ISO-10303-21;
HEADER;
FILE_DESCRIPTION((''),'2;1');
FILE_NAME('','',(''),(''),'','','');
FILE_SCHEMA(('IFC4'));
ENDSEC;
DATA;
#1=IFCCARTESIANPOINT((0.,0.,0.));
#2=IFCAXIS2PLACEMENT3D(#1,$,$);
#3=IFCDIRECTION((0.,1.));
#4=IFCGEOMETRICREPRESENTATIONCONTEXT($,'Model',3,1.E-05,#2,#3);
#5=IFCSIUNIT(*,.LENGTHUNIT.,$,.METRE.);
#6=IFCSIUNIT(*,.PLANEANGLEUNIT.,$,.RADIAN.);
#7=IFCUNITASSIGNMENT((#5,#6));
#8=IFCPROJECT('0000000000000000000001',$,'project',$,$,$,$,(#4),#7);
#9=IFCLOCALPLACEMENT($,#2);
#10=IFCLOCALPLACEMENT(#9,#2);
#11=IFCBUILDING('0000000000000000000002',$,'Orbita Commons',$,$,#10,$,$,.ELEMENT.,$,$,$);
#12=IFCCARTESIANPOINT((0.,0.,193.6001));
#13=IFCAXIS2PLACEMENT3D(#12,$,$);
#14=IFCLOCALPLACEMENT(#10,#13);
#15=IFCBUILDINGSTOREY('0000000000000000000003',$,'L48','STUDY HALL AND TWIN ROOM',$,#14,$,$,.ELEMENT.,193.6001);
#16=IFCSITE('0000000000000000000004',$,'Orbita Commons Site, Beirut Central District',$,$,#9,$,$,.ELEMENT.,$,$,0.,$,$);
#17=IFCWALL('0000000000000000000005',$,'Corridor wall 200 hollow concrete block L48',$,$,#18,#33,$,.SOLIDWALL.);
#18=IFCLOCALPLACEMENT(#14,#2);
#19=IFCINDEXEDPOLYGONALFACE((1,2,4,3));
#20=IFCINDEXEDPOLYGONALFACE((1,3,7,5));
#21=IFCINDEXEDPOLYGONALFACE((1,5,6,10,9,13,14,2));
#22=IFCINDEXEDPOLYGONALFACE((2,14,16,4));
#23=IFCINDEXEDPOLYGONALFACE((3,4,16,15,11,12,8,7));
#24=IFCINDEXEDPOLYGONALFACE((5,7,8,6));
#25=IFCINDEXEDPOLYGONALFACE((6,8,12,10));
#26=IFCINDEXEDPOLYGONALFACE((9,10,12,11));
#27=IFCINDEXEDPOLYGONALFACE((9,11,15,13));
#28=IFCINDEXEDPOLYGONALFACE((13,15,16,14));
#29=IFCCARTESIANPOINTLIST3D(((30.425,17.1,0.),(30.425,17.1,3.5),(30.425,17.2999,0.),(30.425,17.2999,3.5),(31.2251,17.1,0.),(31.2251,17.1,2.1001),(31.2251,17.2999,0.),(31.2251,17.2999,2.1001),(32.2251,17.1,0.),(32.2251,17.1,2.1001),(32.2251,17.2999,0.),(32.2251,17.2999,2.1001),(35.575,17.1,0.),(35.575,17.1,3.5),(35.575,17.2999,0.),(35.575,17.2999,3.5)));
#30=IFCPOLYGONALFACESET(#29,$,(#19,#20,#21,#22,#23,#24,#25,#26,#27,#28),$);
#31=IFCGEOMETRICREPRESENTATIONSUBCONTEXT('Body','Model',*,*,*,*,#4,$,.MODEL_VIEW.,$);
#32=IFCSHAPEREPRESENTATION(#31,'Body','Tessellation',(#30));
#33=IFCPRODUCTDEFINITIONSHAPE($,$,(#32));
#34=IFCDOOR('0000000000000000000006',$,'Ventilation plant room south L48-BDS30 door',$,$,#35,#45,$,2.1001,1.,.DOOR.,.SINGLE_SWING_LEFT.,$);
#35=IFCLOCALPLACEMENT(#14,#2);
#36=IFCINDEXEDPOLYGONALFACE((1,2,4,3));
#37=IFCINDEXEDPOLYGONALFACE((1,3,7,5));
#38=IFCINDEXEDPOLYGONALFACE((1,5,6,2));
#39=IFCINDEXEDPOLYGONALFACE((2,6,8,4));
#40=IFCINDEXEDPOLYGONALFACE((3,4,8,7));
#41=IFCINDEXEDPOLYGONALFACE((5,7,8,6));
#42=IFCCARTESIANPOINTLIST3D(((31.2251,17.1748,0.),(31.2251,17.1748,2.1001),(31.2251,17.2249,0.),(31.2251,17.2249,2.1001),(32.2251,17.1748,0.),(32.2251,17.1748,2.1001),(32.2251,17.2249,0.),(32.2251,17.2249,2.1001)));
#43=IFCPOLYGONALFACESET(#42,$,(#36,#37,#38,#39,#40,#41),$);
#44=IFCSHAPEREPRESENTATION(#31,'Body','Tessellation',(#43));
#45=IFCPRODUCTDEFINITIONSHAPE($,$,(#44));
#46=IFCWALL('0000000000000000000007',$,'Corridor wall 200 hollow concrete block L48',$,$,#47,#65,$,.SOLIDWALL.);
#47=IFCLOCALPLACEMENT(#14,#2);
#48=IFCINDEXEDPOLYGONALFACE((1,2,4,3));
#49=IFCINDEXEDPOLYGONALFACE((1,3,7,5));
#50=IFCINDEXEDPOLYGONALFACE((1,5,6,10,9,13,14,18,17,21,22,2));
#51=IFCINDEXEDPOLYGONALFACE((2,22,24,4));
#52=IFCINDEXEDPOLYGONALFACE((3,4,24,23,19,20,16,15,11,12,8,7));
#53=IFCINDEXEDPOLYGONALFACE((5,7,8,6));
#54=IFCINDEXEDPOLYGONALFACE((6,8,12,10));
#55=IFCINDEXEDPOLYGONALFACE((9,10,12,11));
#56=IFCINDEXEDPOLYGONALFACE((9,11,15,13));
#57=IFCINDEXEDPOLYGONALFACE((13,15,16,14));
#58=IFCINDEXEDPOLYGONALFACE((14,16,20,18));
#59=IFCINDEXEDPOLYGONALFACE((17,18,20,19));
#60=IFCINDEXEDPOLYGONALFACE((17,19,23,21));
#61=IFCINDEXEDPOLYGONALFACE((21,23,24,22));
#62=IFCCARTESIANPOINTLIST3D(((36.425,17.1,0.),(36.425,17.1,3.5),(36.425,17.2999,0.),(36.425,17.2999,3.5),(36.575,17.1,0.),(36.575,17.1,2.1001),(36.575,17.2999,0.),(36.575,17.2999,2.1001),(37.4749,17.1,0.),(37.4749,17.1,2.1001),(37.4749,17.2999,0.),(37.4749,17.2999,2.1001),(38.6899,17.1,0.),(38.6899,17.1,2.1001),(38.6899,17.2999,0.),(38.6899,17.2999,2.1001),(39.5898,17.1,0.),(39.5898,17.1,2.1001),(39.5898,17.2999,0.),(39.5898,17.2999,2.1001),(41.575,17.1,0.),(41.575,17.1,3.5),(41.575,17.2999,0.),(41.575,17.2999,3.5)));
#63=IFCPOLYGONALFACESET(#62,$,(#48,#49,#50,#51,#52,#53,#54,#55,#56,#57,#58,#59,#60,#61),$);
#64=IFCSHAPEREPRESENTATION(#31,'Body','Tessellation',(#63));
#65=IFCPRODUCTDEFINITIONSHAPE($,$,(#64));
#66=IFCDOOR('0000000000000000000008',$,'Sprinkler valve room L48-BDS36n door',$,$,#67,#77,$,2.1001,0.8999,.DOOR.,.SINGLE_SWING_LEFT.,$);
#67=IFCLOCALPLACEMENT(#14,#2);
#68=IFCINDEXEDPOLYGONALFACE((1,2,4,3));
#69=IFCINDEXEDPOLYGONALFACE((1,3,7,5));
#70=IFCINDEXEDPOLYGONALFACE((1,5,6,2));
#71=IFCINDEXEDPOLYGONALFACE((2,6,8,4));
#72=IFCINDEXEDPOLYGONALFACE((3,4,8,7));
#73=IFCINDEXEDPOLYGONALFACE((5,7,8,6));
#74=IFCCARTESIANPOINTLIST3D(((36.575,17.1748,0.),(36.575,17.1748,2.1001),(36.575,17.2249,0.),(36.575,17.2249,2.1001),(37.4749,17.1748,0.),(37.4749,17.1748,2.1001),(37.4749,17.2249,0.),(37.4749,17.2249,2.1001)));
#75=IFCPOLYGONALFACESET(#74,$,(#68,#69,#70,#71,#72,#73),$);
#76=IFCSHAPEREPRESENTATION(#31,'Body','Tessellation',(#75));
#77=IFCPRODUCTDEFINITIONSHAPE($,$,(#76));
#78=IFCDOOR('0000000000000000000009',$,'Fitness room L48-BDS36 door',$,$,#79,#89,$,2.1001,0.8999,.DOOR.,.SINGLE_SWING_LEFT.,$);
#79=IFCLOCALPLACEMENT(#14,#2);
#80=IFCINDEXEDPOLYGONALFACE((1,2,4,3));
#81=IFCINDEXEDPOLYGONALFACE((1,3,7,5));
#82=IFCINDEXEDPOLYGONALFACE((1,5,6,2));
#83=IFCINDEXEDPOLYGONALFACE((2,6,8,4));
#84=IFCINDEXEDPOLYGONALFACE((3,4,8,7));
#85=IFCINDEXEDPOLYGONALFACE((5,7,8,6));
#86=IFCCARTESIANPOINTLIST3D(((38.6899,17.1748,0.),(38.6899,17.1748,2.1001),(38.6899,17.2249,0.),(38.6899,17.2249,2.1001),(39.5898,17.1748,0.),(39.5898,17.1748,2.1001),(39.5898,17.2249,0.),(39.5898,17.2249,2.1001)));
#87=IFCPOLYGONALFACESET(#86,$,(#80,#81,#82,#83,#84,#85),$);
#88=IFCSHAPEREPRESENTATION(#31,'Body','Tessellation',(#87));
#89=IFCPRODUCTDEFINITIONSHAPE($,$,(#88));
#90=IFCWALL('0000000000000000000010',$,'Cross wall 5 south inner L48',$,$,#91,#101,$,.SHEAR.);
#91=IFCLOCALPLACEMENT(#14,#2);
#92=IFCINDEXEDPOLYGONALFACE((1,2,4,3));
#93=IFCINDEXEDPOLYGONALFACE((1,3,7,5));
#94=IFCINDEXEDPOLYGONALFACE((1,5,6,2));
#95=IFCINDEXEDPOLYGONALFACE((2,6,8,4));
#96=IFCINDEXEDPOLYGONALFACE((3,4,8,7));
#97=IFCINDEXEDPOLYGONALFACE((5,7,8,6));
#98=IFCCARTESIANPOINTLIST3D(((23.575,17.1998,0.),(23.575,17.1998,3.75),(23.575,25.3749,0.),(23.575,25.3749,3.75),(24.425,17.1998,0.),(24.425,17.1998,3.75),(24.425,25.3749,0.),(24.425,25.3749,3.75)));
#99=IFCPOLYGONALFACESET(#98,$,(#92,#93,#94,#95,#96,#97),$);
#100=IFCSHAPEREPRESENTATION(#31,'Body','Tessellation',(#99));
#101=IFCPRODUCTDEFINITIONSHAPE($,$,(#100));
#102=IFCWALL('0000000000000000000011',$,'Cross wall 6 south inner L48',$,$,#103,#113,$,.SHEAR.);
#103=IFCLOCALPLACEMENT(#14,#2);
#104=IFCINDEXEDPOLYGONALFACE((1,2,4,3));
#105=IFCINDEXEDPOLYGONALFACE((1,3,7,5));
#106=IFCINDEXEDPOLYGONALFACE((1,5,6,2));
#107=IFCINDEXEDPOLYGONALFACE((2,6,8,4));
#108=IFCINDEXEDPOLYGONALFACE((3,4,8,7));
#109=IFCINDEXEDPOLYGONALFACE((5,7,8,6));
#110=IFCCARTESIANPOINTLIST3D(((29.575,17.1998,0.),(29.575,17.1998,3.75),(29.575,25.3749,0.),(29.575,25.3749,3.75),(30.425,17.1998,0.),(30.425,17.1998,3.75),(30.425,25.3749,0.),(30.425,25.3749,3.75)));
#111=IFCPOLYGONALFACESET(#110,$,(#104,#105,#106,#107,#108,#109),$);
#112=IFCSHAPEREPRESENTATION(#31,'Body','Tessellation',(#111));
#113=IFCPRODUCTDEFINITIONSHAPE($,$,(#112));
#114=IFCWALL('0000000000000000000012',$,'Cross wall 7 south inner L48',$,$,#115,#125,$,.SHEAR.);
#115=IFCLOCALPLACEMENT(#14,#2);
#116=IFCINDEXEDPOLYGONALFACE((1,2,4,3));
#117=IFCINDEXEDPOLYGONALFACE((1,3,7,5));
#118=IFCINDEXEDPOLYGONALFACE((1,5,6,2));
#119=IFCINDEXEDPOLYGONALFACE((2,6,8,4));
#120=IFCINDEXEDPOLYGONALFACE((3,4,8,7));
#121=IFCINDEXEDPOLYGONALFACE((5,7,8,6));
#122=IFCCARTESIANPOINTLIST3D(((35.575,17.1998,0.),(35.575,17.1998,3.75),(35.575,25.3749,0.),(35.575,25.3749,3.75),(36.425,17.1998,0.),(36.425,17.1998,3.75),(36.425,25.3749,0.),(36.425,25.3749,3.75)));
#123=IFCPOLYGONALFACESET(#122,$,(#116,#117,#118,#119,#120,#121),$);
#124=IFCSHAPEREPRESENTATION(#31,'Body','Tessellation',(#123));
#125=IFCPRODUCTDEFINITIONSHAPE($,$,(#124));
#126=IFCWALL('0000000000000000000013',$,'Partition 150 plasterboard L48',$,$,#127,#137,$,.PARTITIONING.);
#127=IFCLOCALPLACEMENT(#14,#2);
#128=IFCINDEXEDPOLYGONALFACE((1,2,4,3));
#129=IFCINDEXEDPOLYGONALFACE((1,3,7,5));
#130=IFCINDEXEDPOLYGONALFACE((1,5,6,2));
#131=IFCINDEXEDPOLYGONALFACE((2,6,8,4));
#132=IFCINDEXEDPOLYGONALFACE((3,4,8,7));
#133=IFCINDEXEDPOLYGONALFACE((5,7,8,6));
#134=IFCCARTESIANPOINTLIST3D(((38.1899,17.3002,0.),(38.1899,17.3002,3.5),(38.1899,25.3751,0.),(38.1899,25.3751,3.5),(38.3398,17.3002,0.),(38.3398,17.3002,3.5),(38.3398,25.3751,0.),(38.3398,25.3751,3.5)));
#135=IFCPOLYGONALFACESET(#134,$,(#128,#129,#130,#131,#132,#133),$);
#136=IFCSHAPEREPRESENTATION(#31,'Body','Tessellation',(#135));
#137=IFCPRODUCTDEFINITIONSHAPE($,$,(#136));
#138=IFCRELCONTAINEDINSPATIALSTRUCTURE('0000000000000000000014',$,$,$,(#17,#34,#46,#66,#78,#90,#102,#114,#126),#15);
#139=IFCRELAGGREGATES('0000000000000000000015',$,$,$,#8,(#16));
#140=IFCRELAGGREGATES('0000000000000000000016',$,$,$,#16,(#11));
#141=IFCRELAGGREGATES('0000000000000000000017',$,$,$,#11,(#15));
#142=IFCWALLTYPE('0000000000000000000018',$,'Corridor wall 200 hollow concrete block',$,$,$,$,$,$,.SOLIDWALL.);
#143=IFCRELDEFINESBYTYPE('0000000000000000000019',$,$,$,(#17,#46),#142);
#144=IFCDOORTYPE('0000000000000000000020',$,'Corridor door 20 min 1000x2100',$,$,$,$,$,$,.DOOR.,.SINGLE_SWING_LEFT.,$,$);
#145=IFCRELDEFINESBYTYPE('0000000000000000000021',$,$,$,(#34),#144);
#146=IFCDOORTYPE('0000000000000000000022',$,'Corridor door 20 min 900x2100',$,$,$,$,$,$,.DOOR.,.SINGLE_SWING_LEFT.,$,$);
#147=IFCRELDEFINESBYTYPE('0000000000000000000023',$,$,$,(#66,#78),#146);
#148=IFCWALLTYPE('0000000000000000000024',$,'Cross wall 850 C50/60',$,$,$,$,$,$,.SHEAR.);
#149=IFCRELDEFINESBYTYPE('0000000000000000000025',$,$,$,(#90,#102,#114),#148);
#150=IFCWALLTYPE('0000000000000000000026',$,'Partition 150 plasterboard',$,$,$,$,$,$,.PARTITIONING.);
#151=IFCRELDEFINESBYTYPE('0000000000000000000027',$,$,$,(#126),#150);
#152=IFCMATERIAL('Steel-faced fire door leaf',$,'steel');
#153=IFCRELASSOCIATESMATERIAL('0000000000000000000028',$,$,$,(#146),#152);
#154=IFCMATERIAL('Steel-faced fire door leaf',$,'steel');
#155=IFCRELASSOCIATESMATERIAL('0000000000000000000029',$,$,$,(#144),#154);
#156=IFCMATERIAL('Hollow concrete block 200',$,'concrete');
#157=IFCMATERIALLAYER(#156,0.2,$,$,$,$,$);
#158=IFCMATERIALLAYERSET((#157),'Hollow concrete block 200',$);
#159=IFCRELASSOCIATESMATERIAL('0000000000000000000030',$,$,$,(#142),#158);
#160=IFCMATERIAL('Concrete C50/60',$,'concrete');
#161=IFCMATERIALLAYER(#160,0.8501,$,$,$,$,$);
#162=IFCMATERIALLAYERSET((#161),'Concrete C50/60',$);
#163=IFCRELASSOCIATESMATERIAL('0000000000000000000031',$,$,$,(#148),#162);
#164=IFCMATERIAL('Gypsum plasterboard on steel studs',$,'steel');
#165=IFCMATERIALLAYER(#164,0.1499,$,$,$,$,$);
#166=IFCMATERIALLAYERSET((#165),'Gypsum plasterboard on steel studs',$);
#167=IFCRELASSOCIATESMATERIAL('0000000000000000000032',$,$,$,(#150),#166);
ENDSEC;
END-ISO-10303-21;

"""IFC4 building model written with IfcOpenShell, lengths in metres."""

from ifc_helpers import new_model, si_unit, direction, frame, frame_2d, origin, place, context, subcontext, project, spatial, rectangle, extrude, material, layer, layer_set, type_object, element, fill, save


model = new_model("IFC4")

# Units and contexts
model_context = context("Model", 3, precision=1e-05, world=origin(), true_north=direction((0.0, 1.0)))
body_context = subcontext(model_context, "Body", "Model", "MODEL_VIEW")
ifc_project = project(units=[si_unit("LENGTHUNIT", "METRE"), si_unit("PLANEANGLEUNIT", "RADIAN")], contexts=[model_context])

# Site, building, storey
site_placement = place(None, origin())
site = spatial("IfcSite", under=ifc_project, at=site_placement, Name="Orbita Commons Site, Beirut Central District", CompositionType="ELEMENT", RefElevation=0.0)
building_placement = place(site_placement, origin())
building = spatial("IfcBuilding", under=site, at=building_placement, Name="Orbita Commons", CompositionType="ELEMENT")
storey_placement = place(building_placement, frame((0.0, 0.0, 193.6001)))
storey = spatial("IfcBuildingStorey", under=building, at=storey_placement, Name="L48", Description="STUDY HALL AND TWIN ROOM", CompositionType="ELEMENT", Elevation=193.6001)

# Wall, opening, door
ifc_material_1 = material(Name="Steel-faced fire door leaf", Category="steel")
door_type_1 = type_object("IfcDoorType", Name="Corridor door 20 min 900x2100", OperationType="SINGLE_SWING_LEFT", PredefinedType="DOOR", material=ifc_material_1)
ifc_material_2 = material(Name="Steel-faced fire door leaf", Category="steel")
door_type_2 = type_object("IfcDoorType", Name="Corridor door 20 min 1000x2100", OperationType="SINGLE_SWING_LEFT", PredefinedType="DOOR", material=ifc_material_2)
ifc_material_3 = material(Name="Hollow concrete block 200", Category="concrete")
ifc_layer_1 = layer(ifc_material_3, 0.2)
ifc_layer_set_1 = layer_set([ifc_layer_1], Name="Hollow concrete block 200")
wall_type_1 = type_object("IfcWallType", Name="Corridor wall 200 hollow concrete block", PredefinedType="SOLIDWALL", material=ifc_layer_set_1)
wall_1_placement = place(storey_placement, frame((30.425, 17.2, 0.0), z_axis=(0.0, 0.0, 1.0), x_axis=(1.0, 0.0, 0.0)))
wall_1 = element("IfcWall", 1, at=wall_1_placement, inside=storey, type_object=wall_type_1, Name="Corridor wall 200 hollow concrete block L48", PredefinedType="SOLIDWALL", context=body_context, shape_type="SweptSolid", body=[
    extrude(rectangle(XDim=5.1499, YDim=0.2, at=frame_2d((2.575, 0.0))), origin(), (0.0, 0.0, 1.0), 3.5),
])
opening_1_placement = place(wall_1_placement, frame((0.8, 0.0, 0.0)))
opening_1 = element("IfcOpeningElement", 2, at=opening_1_placement, cuts=wall_1, PredefinedType="OPENING", context=body_context, shape_type="SweptSolid", body=[
    extrude(rectangle(XDim=1.0, YDim=2.1001, at=frame_2d((0.5, 1.05))), frame((0.0, 0.1099, 0.0), z_axis=(0.0, -1.0, 0.0), x_axis=(1.0, 0.0, 0.0)), (0.0, 0.0, 1.0), 0.22),
])
door_1_placement = place(opening_1_placement, origin())
door_1 = element("IfcDoor", 3, at=door_1_placement, inside=storey, type_object=door_type_2, Name="Ventilation plant room south L48-BDS30 door", OperationType="SINGLE_SWING_LEFT", OverallHeight=2.1001, OverallWidth=1.0, PredefinedType="DOOR", context=body_context, shape_type="SweptSolid", body=[
    extrude(rectangle(XDim=1.0, YDim=2.1001, at=frame_2d((0.5, 1.05))), frame((0.0, 0.0249, 0.0), z_axis=(0.0, -1.0, 0.0), x_axis=(1.0, 0.0, 0.0)), (0.0, 0.0, 1.0), 0.05),
])
fill(opening_1, door_1)

# Wall, openings, doors
wall_2_placement = place(storey_placement, frame((36.425, 17.2, 0.0), z_axis=(0.0, 0.0, 1.0), x_axis=(1.0, 0.0, 0.0)))
wall_2 = element("IfcWall", 4, at=wall_2_placement, inside=storey, type_object=wall_type_1, Name="Corridor wall 200 hollow concrete block L48", PredefinedType="SOLIDWALL", context=body_context, shape_type="SweptSolid", body=[
    extrude(rectangle(XDim=5.1499, YDim=0.2, at=frame_2d((2.575, 0.0))), origin(), (0.0, 0.0, 1.0), 3.5),
])
opening_2_placement = place(wall_2_placement, frame((0.1499, 0.0, 0.0)))
opening_2 = element("IfcOpeningElement", 5, at=opening_2_placement, cuts=wall_2, PredefinedType="OPENING", context=body_context, shape_type="SweptSolid", body=[
    extrude(rectangle(XDim=0.8999, YDim=2.1001, at=frame_2d((0.45, 1.05))), frame((0.0, 0.1099, 0.0), z_axis=(0.0, -1.0, 0.0), x_axis=(1.0, 0.0, 0.0)), (0.0, 0.0, 1.0), 0.22),
])
opening_3_placement = place(wall_2_placement, frame((2.2649, 0.0, 0.0)))
opening_3 = element("IfcOpeningElement", 6, at=opening_3_placement, cuts=wall_2, PredefinedType="OPENING", context=body_context, shape_type="SweptSolid", body=[
    extrude(rectangle(XDim=0.8999, YDim=2.1001, at=frame_2d((0.45, 1.05))), frame((0.0, 0.1099, 0.0), z_axis=(0.0, -1.0, 0.0), x_axis=(1.0, 0.0, 0.0)), (0.0, 0.0, 1.0), 0.22),
])
door_2_placement = place(opening_2_placement, origin())
door_2 = element("IfcDoor", 7, at=door_2_placement, inside=storey, type_object=door_type_1, Name="Sprinkler valve room L48-BDS36n door", OperationType="SINGLE_SWING_LEFT", OverallHeight=2.1001, OverallWidth=0.8999, PredefinedType="DOOR", context=body_context, shape_type="SweptSolid", body=[
    extrude(rectangle(XDim=0.8999, YDim=2.1001, at=frame_2d((0.45, 1.05))), frame((0.0, 0.0249, 0.0), z_axis=(0.0, -1.0, 0.0), x_axis=(1.0, 0.0, 0.0)), (0.0, 0.0, 1.0), 0.05),
])
fill(opening_2, door_2)
door_3_placement = place(opening_3_placement, origin())
door_3 = element("IfcDoor", 8, at=door_3_placement, inside=storey, type_object=door_type_1, Name="Fitness room L48-BDS36 door", OperationType="SINGLE_SWING_LEFT", OverallHeight=2.1001, OverallWidth=0.8999, PredefinedType="DOOR", context=body_context, shape_type="SweptSolid", body=[
    extrude(rectangle(XDim=0.8999, YDim=2.1001, at=frame_2d((0.45, 1.05))), frame((0.0, 0.0249, 0.0), z_axis=(0.0, -1.0, 0.0), x_axis=(1.0, 0.0, 0.0)), (0.0, 0.0, 1.0), 0.05),
])
fill(opening_3, door_3)

# Walls
ifc_material_4 = material(Name="Concrete C50/60", Category="concrete")
ifc_layer_2 = layer(ifc_material_4, 0.8501)
ifc_layer_set_2 = layer_set([ifc_layer_2], Name="Concrete C50/60")
wall_type_2 = type_object("IfcWallType", Name="Cross wall 850 C50/60", PredefinedType="SHEAR", material=ifc_layer_set_2)
for number, where, z_axis, x_axis, name in (
    (9, (24.0, 17.2, 0.0), (0.0, 0.0, 1.0), (0.0, 1.0, 0.0), "Cross wall 5 south inner L48"),
    (10, (30.0, 17.2, 0.0), (0.0, 0.0, 1.0), (0.0, 1.0, 0.0), "Cross wall 6 south inner L48"),
    (11, (36.0, 17.2, 0.0), (0.0, 0.0, 1.0), (0.0, 1.0, 0.0), "Cross wall 7 south inner L48"),
):
    element("IfcWall", number, at=place(storey_placement, frame(where, z_axis=z_axis, x_axis=x_axis)), inside=storey, type_object=wall_type_2, Name=name, PredefinedType="SHEAR", context=body_context, shape_type="SweptSolid", body=[
        extrude(rectangle(XDim=8.175, YDim=0.8501, at=frame_2d((4.0874, 0.0))), origin(), (0.0, 0.0, 1.0), 3.75),
    ])
ifc_material_5 = material(Name="Gypsum plasterboard on steel studs", Category="steel")
ifc_layer_3 = layer(ifc_material_5, 0.1499)
ifc_layer_set_3 = layer_set([ifc_layer_3], Name="Gypsum plasterboard on steel studs")
wall_type_3 = type_object("IfcWallType", Name="Partition 150 plasterboard", PredefinedType="PARTITIONING", material=ifc_layer_set_3)
wall_3_placement = place(storey_placement, frame((38.2649, 17.3, 0.0), z_axis=(0.0, 0.0, 1.0), x_axis=(0.0, 1.0, 0.0)))
element("IfcWall", 12, at=wall_3_placement, inside=storey, type_object=wall_type_3, Name="Partition 150 plasterboard L48", PredefinedType="PARTITIONING", context=body_context, shape_type="SweptSolid", body=[
    extrude(rectangle(XDim=8.075, YDim=0.1499, at=frame_2d((4.0376, 0.0))), origin(), (0.0, 0.0, 1.0), 3.5),
])

save(model, "model.ifc")
